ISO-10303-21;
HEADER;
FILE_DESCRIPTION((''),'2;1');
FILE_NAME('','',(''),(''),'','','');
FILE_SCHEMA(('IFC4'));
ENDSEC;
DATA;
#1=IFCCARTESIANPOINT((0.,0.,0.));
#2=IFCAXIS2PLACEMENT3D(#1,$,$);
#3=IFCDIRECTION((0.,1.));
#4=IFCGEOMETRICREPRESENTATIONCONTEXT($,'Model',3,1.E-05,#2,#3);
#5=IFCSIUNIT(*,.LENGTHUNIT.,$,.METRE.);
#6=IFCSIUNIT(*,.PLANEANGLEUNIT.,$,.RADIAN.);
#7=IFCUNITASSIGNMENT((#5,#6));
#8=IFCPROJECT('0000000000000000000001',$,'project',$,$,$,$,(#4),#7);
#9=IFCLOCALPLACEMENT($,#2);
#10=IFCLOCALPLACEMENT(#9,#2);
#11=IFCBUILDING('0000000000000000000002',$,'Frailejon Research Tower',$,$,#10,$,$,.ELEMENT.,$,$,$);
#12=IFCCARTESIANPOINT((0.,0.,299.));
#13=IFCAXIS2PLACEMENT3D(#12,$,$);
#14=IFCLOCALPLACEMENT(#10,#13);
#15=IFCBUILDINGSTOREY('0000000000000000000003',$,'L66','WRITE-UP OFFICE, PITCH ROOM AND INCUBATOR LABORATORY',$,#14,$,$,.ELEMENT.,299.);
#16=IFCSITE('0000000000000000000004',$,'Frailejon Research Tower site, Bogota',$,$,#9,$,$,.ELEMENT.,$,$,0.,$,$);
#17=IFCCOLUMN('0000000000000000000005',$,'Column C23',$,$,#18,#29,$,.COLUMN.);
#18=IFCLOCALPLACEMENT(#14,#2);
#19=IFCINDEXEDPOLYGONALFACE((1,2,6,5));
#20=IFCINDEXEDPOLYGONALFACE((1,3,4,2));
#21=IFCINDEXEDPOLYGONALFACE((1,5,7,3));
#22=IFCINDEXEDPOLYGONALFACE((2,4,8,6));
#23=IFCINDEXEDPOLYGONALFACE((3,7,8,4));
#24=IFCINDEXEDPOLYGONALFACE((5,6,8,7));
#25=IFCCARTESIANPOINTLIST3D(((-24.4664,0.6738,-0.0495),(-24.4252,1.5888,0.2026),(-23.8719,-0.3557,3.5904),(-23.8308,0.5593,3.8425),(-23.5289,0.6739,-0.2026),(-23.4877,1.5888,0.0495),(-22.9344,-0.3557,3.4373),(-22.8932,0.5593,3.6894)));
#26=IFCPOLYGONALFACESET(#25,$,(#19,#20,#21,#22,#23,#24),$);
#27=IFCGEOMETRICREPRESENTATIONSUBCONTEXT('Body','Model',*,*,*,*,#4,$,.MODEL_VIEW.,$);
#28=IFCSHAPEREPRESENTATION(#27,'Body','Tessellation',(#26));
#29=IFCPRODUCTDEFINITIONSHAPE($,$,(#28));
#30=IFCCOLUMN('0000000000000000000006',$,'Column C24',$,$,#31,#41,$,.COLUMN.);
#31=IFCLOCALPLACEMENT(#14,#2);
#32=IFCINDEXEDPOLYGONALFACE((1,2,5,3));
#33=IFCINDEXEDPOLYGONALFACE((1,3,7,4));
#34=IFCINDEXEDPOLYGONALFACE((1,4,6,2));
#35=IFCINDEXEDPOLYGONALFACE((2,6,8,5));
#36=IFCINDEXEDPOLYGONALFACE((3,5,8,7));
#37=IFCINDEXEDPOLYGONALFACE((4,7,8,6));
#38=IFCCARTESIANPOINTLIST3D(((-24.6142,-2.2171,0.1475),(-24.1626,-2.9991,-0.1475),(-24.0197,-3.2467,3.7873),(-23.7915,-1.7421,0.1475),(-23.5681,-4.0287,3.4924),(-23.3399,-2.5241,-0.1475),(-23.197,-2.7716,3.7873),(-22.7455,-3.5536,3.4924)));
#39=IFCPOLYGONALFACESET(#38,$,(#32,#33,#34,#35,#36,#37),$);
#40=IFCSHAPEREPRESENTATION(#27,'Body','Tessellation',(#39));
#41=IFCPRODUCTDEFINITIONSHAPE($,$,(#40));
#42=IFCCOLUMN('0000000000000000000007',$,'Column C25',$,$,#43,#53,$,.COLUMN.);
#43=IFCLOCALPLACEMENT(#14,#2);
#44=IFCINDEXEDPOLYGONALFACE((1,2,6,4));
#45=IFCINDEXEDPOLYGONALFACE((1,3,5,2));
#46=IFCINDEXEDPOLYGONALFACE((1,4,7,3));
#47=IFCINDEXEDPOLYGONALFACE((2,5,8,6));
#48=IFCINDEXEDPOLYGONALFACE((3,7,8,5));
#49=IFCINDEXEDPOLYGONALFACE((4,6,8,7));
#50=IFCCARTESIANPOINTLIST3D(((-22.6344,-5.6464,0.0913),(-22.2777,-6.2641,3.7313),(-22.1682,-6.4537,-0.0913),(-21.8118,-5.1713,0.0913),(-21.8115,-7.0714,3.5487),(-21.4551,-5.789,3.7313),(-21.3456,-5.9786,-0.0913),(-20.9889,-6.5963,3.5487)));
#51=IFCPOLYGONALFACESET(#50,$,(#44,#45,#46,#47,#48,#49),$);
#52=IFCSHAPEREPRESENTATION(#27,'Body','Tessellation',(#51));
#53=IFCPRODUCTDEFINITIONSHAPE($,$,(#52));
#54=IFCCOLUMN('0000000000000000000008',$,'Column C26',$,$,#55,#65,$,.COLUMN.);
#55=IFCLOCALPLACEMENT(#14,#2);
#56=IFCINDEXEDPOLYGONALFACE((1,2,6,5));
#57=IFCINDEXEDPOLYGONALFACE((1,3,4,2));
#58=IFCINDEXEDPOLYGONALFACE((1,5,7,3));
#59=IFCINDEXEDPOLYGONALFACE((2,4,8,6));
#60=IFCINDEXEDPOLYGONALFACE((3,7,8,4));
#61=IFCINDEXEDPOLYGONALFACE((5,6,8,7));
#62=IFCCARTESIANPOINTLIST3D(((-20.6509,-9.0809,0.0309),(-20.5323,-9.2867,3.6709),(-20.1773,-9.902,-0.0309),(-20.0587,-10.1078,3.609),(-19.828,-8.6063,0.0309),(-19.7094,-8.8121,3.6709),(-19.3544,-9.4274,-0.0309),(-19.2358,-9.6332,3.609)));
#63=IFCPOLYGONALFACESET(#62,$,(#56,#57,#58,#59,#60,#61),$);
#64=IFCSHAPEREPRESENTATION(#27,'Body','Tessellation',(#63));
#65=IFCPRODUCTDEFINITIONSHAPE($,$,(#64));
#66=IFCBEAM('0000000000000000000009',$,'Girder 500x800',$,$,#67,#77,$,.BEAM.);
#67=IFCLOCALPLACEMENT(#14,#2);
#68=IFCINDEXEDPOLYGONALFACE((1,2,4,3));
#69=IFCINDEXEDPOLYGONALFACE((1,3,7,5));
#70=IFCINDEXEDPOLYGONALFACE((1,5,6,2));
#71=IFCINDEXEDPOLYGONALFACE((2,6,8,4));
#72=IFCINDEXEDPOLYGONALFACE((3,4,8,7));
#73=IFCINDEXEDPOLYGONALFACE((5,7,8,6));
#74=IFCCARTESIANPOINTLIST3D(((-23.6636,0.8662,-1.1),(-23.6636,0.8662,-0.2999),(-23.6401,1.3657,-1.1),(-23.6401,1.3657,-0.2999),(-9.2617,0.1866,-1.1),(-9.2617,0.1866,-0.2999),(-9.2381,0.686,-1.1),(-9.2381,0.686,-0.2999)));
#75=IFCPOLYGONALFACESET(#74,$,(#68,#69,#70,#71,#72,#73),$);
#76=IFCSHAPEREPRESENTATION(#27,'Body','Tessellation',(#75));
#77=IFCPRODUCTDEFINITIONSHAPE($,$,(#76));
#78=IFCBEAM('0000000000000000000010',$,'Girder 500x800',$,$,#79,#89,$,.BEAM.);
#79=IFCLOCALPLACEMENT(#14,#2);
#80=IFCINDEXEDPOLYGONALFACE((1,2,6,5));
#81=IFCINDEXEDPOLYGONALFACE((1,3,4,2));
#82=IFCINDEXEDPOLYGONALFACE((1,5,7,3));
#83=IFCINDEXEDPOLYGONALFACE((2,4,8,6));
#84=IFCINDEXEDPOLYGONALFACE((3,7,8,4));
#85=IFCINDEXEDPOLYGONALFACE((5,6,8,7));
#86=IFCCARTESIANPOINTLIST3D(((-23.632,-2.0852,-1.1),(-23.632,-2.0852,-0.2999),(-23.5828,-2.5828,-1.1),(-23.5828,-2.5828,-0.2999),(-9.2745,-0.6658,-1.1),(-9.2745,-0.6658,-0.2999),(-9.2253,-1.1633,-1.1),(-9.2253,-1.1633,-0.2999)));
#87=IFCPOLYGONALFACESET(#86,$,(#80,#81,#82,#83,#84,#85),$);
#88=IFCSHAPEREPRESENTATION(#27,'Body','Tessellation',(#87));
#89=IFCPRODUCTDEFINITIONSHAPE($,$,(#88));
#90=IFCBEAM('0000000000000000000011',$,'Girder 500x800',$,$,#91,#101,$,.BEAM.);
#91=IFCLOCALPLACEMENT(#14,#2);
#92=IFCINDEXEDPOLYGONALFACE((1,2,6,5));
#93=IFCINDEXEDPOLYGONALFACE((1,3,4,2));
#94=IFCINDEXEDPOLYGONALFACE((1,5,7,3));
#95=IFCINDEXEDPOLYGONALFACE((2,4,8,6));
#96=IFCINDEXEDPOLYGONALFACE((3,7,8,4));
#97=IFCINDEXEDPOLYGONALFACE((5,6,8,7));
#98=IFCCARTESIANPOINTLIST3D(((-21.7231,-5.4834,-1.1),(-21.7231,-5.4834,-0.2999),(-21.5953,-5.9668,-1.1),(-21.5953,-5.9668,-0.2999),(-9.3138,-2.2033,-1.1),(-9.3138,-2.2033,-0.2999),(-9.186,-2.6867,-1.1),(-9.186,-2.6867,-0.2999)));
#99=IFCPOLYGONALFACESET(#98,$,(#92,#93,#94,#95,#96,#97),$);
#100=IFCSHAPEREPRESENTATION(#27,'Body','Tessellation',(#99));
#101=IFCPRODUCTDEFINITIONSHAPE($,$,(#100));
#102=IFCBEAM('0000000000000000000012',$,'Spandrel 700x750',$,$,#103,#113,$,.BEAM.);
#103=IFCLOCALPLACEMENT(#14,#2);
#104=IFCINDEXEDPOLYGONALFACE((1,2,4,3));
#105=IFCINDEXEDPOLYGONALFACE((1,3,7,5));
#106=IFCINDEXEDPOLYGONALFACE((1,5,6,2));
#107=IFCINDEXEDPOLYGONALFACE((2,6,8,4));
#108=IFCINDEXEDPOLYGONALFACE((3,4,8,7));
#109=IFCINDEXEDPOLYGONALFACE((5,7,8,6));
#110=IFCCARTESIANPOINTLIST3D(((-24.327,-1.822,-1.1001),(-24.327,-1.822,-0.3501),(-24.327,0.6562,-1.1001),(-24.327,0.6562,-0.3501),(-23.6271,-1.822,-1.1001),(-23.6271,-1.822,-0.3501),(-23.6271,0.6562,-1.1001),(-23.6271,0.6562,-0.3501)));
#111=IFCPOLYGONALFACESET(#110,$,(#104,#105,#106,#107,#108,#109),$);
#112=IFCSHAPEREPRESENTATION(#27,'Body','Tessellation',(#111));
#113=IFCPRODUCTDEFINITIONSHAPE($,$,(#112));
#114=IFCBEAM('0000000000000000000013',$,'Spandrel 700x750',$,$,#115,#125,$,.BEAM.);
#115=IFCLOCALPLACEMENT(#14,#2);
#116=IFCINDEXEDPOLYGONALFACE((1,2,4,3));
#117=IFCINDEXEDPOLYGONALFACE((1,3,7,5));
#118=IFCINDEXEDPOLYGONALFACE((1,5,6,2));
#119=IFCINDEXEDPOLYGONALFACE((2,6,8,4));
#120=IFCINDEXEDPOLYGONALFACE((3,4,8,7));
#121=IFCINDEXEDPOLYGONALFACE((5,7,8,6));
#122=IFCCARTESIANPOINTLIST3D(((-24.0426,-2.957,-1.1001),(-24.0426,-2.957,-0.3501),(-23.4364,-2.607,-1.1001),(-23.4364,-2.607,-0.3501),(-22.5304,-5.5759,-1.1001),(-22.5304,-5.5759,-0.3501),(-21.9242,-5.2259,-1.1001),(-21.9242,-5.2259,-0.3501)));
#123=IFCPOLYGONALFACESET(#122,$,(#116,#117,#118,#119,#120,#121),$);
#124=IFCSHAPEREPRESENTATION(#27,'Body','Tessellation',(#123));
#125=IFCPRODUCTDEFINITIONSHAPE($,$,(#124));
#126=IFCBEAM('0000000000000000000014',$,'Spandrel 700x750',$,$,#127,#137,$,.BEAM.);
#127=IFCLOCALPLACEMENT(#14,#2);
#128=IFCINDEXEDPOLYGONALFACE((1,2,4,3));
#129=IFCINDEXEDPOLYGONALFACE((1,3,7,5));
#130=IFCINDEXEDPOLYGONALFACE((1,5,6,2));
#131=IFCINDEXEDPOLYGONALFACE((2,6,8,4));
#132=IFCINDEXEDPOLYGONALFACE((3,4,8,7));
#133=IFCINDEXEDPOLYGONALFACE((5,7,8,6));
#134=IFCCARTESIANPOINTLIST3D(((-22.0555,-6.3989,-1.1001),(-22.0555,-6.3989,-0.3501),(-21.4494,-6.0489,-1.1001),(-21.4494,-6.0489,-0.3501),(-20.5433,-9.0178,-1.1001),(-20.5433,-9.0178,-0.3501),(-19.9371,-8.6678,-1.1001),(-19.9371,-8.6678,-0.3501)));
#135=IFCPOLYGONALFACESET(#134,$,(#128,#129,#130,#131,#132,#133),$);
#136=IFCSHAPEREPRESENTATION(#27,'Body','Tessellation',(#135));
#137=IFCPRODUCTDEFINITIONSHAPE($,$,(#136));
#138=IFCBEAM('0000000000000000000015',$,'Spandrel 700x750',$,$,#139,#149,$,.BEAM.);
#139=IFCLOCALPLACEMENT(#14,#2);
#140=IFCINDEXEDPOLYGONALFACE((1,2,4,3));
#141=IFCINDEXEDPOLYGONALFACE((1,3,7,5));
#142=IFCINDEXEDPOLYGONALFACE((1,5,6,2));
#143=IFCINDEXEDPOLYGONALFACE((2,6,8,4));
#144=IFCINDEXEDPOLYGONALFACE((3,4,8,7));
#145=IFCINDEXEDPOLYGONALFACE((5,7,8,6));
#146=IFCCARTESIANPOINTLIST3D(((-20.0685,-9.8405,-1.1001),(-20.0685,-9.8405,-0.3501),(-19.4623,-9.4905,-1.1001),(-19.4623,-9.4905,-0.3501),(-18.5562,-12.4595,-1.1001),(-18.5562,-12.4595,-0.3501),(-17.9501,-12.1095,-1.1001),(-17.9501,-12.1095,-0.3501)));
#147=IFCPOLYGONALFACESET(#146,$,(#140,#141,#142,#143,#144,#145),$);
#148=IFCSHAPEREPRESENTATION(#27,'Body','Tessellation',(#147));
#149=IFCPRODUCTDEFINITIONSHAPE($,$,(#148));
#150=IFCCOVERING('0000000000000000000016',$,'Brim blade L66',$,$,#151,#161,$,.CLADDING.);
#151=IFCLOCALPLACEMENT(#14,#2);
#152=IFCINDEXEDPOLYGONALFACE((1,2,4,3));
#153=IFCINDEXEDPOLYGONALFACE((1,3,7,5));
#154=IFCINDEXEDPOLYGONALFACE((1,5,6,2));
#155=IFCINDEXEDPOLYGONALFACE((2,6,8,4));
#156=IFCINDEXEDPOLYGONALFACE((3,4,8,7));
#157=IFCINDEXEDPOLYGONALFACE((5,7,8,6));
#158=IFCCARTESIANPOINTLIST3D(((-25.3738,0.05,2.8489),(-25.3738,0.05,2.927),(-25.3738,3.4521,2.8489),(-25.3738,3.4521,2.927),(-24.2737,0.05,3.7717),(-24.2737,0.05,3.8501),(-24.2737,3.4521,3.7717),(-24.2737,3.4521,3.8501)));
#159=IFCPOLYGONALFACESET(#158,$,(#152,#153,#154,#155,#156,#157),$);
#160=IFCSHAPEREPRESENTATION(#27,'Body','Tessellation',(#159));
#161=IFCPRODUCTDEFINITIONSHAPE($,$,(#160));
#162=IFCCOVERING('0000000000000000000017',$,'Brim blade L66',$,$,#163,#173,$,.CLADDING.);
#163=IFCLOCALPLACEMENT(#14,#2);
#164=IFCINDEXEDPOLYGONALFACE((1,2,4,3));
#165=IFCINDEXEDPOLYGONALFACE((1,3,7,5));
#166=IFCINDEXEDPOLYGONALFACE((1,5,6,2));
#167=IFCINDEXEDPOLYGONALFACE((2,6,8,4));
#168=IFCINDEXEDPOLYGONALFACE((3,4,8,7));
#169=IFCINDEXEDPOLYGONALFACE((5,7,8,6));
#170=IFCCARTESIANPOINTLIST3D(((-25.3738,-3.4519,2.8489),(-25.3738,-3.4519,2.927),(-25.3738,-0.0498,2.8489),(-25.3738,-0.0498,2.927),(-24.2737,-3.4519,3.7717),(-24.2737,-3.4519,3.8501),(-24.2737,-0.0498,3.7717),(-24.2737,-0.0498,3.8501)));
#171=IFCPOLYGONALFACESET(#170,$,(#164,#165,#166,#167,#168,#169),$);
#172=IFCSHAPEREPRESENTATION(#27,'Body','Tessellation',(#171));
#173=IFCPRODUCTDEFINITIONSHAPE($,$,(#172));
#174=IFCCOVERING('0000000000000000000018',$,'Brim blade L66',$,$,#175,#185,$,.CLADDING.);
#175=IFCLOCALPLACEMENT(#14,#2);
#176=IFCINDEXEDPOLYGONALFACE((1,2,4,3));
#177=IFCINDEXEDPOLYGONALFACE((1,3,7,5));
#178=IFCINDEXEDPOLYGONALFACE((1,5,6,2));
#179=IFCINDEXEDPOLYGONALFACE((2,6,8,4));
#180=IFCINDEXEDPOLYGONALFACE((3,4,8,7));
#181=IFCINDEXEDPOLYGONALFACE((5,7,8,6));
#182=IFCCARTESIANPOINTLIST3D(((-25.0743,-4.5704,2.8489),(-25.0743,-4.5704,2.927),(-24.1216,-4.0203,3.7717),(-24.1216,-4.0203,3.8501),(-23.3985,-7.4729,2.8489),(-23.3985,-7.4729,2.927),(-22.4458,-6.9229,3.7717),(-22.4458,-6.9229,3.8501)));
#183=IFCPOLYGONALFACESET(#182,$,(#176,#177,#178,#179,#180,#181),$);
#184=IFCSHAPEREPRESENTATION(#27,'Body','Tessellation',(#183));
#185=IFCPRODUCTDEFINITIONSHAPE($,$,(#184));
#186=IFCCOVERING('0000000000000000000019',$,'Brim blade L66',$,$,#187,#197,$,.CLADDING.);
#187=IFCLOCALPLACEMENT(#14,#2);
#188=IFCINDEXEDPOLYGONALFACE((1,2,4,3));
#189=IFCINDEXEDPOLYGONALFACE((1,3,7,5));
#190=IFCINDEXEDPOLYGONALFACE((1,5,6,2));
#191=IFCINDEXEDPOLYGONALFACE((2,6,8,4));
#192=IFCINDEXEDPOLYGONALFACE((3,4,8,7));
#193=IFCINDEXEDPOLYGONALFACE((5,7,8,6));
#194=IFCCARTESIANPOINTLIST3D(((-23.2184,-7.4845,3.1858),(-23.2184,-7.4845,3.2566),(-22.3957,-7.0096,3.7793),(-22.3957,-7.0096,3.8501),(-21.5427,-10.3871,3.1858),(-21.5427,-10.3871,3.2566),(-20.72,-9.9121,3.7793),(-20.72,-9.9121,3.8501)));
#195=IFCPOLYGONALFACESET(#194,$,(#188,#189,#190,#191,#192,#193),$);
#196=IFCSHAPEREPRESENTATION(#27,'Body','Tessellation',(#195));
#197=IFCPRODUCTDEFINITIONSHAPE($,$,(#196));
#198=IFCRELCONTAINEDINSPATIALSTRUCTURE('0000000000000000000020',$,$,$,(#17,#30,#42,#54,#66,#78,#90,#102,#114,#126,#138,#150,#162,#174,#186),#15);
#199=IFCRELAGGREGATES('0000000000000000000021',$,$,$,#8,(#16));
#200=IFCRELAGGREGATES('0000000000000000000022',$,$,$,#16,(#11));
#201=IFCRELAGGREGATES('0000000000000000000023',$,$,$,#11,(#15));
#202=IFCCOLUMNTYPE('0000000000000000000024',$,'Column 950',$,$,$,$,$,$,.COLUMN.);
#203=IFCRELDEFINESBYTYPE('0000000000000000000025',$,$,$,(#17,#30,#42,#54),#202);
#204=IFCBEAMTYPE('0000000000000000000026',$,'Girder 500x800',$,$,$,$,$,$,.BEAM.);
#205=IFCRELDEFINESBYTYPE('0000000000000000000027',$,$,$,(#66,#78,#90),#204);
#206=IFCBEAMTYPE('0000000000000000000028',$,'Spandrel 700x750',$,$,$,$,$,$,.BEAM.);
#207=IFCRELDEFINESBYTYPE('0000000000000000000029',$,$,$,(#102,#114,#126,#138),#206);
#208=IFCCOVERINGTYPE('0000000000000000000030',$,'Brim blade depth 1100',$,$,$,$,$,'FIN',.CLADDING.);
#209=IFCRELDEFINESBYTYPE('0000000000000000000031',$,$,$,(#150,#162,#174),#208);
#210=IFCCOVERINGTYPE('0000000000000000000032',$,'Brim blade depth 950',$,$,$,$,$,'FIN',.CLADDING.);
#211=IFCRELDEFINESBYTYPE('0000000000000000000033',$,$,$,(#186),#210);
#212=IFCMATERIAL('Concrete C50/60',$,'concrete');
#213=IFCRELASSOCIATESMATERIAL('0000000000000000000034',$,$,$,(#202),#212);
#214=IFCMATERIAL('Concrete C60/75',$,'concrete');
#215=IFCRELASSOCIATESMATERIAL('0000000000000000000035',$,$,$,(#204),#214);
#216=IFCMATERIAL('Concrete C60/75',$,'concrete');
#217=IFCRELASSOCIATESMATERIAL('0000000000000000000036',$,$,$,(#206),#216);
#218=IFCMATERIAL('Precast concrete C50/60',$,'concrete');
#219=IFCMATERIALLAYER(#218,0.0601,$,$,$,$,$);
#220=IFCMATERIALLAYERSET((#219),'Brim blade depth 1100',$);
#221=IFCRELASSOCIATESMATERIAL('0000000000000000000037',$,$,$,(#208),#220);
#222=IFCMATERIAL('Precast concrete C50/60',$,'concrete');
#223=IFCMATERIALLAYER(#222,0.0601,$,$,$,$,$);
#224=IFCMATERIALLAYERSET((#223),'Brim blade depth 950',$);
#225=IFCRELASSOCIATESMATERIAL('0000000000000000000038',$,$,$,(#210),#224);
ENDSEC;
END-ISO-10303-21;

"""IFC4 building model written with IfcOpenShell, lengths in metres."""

from ifc_helpers import new_model, si_unit, direction, frame, origin, origin_2d, place, context, subcontext, project, spatial, polyline, rectangle, outline, extrude, material, layer, layer_set, material_profile, profile_set, type_object, element, save


model = new_model("IFC4")

# Units and contexts
model_context = context("Model", 3, precision=1e-05, world=origin(), true_north=direction((0.0, 1.0)))
body_context = subcontext(model_context, "Body", "Model", "MODEL_VIEW")
ifc_project = project(units=[si_unit("LENGTHUNIT", "METRE"), si_unit("PLANEANGLEUNIT", "RADIAN")], contexts=[model_context])

# Site, building, storey
site_placement = place(None, origin())
site = spatial("IfcSite", under=ifc_project, at=site_placement, Name="Frailejon Research Tower site, Bogota", CompositionType="ELEMENT", RefElevation=0.0)
building_placement = place(site_placement, origin())
building = spatial("IfcBuilding", under=site, at=building_placement, Name="Frailejon Research Tower", CompositionType="ELEMENT")
storey_placement = place(building_placement, frame((0.0, 0.0, 299.0)))
storey = spatial("IfcBuildingStorey", under=building, at=storey_placement, Name="L66", Description="WRITE-UP OFFICE, PITCH ROOM AND INCUBATOR LABORATORY", CompositionType="ELEMENT", Elevation=299.0)

# Columns
ifc_material_1 = material(Name="Concrete C50/60", Category="concrete")
ifc_material_profile_1 = material_profile(ifc_material_1, rectangle(XDim=0.95, YDim=0.95, at=origin_2d()), Name="Column 950")
ifc_profile_set_1 = profile_set([ifc_material_profile_1], Name="Concrete C50/60")
column_type = type_object("IfcColumnType", Name="Column 950", PredefinedType="COLUMN", material=ifc_profile_set_1)
for number, where, z_axis, x_axis, name in (
    (1, (-23.9771, 1.1313, 0.0), (0.155253, -0.268871, 0.950581), (-0.043307, -0.963176, -0.265361), "Column C23"),
    (2, (-23.9771, -2.3706, 0.0), (0.155253, -0.268871, 0.950581), (0.475346, -0.823196, -0.310476), "Column C24"),
):
    element("IfcColumn", number, at=place(storey_placement, frame(where, z_axis=z_axis, x_axis=x_axis)), inside=storey, type_object=column_type, Name=name, PredefinedType="COLUMN", context=body_context, shape_type="SweptSolid", body=[
        extrude(rectangle(XDim=0.95, YDim=0.95, at=origin_2d()), origin(), (0.0, 0.0, 1.0), 3.8291),
    ])
column_1_placement = place(storey_placement, frame((-21.99, -5.8125, 0.0), z_axis=(0.096166, -0.166529, 0.981336), x_axis=(0.490749, -0.849815, -0.192301)))
element("IfcColumn", 3, at=column_1_placement, inside=storey, type_object=column_type, Name="Column C25", PredefinedType="COLUMN", context=body_context, shape_type="SweptSolid", body=[
    extrude(rectangle(XDim=0.95, YDim=0.95, at=origin_2d()), origin(), (0.0, 0.0, 1.0), 3.7092),
])
column_2_placement = place(storey_placement, frame((-20.0027, -9.2542, 0.0), z_axis=(0.032529, -0.056423, 0.997877), x_axis=(0.498551, -0.86441, -0.065128)))
element("IfcColumn", 4, at=column_2_placement, inside=storey, type_object=column_type, Name="Column C26", PredefinedType="COLUMN", context=body_context, shape_type="SweptSolid", body=[
    extrude(rectangle(XDim=0.95, YDim=0.95, at=origin_2d()), origin(), (0.0, 0.0, 1.0), 3.6477),
])

# Beams
ifc_material_2 = material(Name="Concrete C60/75", Category="concrete")
ifc_material_profile_2 = material_profile(ifc_material_2, rectangle(XDim=0.5, YDim=0.8, at=origin_2d()), Name="Girder 500x800")
ifc_profile_set_2 = profile_set([ifc_material_profile_2], Name="Concrete C60/75")
beam_type_1 = type_object("IfcBeamType", Name="Girder 500x800", PredefinedType="BEAM", material=ifc_profile_set_2)
beam_1_placement = place(storey_placement, frame((-23.6519, 1.116, -0.7), z_axis=(0.998888, -0.047142, 0.0), x_axis=(0.047142, 0.998888, 0.0)))
element("IfcBeam", 5, at=beam_1_placement, inside=storey, type_object=beam_type_1, Name="Girder 500x800", PredefinedType="BEAM", context=body_context, shape_type="SweptSolid", body=[
    extrude(rectangle(XDim=0.5, YDim=0.8, at=origin_2d()), origin(), (0.0, 0.0, 1.0), 14.418),
])
beam_2_placement = place(storey_placement, frame((-23.6074, -2.334, -0.7), z_axis=(0.995148, 0.098384, 0.0), x_axis=(-0.098384, 0.995148, 0.0)))
element("IfcBeam", 6, at=beam_2_placement, inside=storey, type_object=beam_type_1, Name="Girder 500x800", PredefinedType="BEAM", context=body_context, shape_type="SweptSolid", body=[
    extrude(rectangle(XDim=0.5, YDim=0.8, at=origin_2d()), origin(), (0.0, 0.0, 1.0), 14.4275),
])
beam_3_placement = place(storey_placement, frame((-21.6592, -5.7251, -0.7), z_axis=(0.966797, 0.255546, 0.0), x_axis=(-0.255546, 0.966797, 0.0)))
element("IfcBeam", 7, at=beam_3_placement, inside=storey, type_object=beam_type_1, Name="Girder 500x800", PredefinedType="BEAM", context=body_context, shape_type="SweptSolid", body=[
    extrude(rectangle(XDim=0.5, YDim=0.8, at=origin_2d()), origin(), (0.0, 0.0, 1.0), 12.8354),
])
ifc_material_3 = material(Name="Concrete C60/75", Category="concrete")
ifc_material_profile_3 = material_profile(ifc_material_3, rectangle(XDim=0.7, YDim=0.75, at=origin_2d()), Name="Spandrel 700x750")
ifc_profile_set_3 = profile_set([ifc_material_profile_3], Name="Concrete C60/75")
beam_type_2 = type_object("IfcBeamType", Name="Spandrel 700x750", PredefinedType="BEAM", material=ifc_profile_set_3)
beam_4_placement = place(storey_placement, frame((-23.9771, 0.6562, -0.7251), z_axis=(0.0, -1.0, 0.0), x_axis=(1.0, 0.0, 0.0)))
element("IfcBeam", 8, at=beam_4_placement, inside=storey, type_object=beam_type_2, Name="Spandrel 700x750", PredefinedType="BEAM", context=body_context, shape_type="SweptSolid", body=[
    extrude(rectangle(XDim=0.7, YDim=0.75, at=origin_2d()), origin(), (0.0, 0.0, 1.0), 2.4783),
])
for number, where, z_axis, x_axis, name in (
    (9, (-23.7395, -2.782, -0.7251), (0.500046, -0.865999, 0.0), (0.865999, 0.500046, 0.0), "Spandrel 700x750"),
    (10, (-21.7524, -6.2239, -0.7251), (0.500046, -0.865999, 0.0), (0.865999, 0.500046, 0.0), "Spandrel 700x750"),
    (11, (-19.7654, -9.6655, -0.7251), (0.500046, -0.865999, 0.0), (0.865999, 0.500046, 0.0), "Spandrel 700x750"),
):
    element("IfcBeam", number, at=place(storey_placement, frame(where, z_axis=z_axis, x_axis=x_axis)), inside=storey, type_object=beam_type_2, Name=name, PredefinedType="BEAM", context=body_context, shape_type="SweptSolid", body=[
        extrude(rectangle(XDim=0.7, YDim=0.75, at=origin_2d()), origin(), (0.0, 0.0, 1.0), 3.0242),
    ])

# Coverings
ifc_material_4 = material(Name="Precast concrete C50/60", Category="concrete")
ifc_layer_1 = layer(ifc_material_4, 0.0601)
ifc_layer_set_1 = layer_set([ifc_layer_1], Name="Brim blade depth 1100")
covering_type_1 = type_object("IfcCoveringType", Name="Brim blade depth 1100", ElementType="FIN", PredefinedType="CLADDING", material=ifc_layer_set_1)
for number, where, z_axis, x_axis, name in (
    (12, (-24.2737, 0.05, 3.8501), (0.0, 1.0, 0.0), (-1.0, 0.0, 0.0), "Brim blade L66"),
    (13, (-24.2737, -3.4519, 3.8501), (0.0, 1.0, 0.0), (-1.0, 0.0, 0.0), "Brim blade L66"),
):
    element("IfcCovering", number, at=place(storey_placement, frame(where, z_axis=z_axis, x_axis=x_axis)), inside=storey, type_object=covering_type_1, Name=name, PredefinedType="CLADDING", context=body_context, shape_type="SweptSolid", body=[
        extrude(outline(polyline([(0.0, -0.0784), (1.1001, -1.0012), (1.1001, -0.9231), (0.0, 0.0), (0.0, -0.0784)])), origin(), (0.0, 0.0, 1.0), 3.4021),
    ])
covering_1_placement = place(storey_placement, frame((-22.4458, -6.9229, 3.8501), z_axis=(-0.499997, 0.866027, 0.0), x_axis=(-0.866027, -0.499997, 0.0)))
element("IfcCovering", 14, at=covering_1_placement, inside=storey, type_object=covering_type_1, Name="Brim blade L66", PredefinedType="CLADDING", context=body_context, shape_type="SweptSolid", body=[
    extrude(outline(polyline([(0.0, -0.0784), (1.1001, -1.0012), (1.1001, -0.9231), (0.0, 0.0), (0.0, -0.0784)])), origin(), (0.0, 0.0, 1.0), 3.3516),
])
ifc_material_5 = material(Name="Precast concrete C50/60", Category="concrete")
ifc_layer_2 = layer(ifc_material_5, 0.0601)
ifc_layer_set_2 = layer_set([ifc_layer_2], Name="Brim blade depth 950")
covering_type_2 = type_object("IfcCoveringType", Name="Brim blade depth 950", ElementType="FIN", PredefinedType="CLADDING", material=ifc_layer_set_2)
covering_2_placement = place(storey_placement, frame((-20.72, -9.9121, 3.8501), z_axis=(-0.499997, 0.866027, 0.0), x_axis=(-0.866027, -0.499997, 0.0)))
element("IfcCovering", 15, at=covering_2_placement, inside=storey, type_object=covering_type_2, Name="Brim blade L66", PredefinedType="CLADDING", context=body_context, shape_type="SweptSolid", body=[
    extrude(outline(polyline([(0.0, -0.0708), (0.95, -0.6643), (0.95, -0.5935), (0.0, 0.0), (0.0, -0.0708)])), origin(), (0.0, 0.0, 1.0), 3.3516),
])

save(model, "model.ifc")
